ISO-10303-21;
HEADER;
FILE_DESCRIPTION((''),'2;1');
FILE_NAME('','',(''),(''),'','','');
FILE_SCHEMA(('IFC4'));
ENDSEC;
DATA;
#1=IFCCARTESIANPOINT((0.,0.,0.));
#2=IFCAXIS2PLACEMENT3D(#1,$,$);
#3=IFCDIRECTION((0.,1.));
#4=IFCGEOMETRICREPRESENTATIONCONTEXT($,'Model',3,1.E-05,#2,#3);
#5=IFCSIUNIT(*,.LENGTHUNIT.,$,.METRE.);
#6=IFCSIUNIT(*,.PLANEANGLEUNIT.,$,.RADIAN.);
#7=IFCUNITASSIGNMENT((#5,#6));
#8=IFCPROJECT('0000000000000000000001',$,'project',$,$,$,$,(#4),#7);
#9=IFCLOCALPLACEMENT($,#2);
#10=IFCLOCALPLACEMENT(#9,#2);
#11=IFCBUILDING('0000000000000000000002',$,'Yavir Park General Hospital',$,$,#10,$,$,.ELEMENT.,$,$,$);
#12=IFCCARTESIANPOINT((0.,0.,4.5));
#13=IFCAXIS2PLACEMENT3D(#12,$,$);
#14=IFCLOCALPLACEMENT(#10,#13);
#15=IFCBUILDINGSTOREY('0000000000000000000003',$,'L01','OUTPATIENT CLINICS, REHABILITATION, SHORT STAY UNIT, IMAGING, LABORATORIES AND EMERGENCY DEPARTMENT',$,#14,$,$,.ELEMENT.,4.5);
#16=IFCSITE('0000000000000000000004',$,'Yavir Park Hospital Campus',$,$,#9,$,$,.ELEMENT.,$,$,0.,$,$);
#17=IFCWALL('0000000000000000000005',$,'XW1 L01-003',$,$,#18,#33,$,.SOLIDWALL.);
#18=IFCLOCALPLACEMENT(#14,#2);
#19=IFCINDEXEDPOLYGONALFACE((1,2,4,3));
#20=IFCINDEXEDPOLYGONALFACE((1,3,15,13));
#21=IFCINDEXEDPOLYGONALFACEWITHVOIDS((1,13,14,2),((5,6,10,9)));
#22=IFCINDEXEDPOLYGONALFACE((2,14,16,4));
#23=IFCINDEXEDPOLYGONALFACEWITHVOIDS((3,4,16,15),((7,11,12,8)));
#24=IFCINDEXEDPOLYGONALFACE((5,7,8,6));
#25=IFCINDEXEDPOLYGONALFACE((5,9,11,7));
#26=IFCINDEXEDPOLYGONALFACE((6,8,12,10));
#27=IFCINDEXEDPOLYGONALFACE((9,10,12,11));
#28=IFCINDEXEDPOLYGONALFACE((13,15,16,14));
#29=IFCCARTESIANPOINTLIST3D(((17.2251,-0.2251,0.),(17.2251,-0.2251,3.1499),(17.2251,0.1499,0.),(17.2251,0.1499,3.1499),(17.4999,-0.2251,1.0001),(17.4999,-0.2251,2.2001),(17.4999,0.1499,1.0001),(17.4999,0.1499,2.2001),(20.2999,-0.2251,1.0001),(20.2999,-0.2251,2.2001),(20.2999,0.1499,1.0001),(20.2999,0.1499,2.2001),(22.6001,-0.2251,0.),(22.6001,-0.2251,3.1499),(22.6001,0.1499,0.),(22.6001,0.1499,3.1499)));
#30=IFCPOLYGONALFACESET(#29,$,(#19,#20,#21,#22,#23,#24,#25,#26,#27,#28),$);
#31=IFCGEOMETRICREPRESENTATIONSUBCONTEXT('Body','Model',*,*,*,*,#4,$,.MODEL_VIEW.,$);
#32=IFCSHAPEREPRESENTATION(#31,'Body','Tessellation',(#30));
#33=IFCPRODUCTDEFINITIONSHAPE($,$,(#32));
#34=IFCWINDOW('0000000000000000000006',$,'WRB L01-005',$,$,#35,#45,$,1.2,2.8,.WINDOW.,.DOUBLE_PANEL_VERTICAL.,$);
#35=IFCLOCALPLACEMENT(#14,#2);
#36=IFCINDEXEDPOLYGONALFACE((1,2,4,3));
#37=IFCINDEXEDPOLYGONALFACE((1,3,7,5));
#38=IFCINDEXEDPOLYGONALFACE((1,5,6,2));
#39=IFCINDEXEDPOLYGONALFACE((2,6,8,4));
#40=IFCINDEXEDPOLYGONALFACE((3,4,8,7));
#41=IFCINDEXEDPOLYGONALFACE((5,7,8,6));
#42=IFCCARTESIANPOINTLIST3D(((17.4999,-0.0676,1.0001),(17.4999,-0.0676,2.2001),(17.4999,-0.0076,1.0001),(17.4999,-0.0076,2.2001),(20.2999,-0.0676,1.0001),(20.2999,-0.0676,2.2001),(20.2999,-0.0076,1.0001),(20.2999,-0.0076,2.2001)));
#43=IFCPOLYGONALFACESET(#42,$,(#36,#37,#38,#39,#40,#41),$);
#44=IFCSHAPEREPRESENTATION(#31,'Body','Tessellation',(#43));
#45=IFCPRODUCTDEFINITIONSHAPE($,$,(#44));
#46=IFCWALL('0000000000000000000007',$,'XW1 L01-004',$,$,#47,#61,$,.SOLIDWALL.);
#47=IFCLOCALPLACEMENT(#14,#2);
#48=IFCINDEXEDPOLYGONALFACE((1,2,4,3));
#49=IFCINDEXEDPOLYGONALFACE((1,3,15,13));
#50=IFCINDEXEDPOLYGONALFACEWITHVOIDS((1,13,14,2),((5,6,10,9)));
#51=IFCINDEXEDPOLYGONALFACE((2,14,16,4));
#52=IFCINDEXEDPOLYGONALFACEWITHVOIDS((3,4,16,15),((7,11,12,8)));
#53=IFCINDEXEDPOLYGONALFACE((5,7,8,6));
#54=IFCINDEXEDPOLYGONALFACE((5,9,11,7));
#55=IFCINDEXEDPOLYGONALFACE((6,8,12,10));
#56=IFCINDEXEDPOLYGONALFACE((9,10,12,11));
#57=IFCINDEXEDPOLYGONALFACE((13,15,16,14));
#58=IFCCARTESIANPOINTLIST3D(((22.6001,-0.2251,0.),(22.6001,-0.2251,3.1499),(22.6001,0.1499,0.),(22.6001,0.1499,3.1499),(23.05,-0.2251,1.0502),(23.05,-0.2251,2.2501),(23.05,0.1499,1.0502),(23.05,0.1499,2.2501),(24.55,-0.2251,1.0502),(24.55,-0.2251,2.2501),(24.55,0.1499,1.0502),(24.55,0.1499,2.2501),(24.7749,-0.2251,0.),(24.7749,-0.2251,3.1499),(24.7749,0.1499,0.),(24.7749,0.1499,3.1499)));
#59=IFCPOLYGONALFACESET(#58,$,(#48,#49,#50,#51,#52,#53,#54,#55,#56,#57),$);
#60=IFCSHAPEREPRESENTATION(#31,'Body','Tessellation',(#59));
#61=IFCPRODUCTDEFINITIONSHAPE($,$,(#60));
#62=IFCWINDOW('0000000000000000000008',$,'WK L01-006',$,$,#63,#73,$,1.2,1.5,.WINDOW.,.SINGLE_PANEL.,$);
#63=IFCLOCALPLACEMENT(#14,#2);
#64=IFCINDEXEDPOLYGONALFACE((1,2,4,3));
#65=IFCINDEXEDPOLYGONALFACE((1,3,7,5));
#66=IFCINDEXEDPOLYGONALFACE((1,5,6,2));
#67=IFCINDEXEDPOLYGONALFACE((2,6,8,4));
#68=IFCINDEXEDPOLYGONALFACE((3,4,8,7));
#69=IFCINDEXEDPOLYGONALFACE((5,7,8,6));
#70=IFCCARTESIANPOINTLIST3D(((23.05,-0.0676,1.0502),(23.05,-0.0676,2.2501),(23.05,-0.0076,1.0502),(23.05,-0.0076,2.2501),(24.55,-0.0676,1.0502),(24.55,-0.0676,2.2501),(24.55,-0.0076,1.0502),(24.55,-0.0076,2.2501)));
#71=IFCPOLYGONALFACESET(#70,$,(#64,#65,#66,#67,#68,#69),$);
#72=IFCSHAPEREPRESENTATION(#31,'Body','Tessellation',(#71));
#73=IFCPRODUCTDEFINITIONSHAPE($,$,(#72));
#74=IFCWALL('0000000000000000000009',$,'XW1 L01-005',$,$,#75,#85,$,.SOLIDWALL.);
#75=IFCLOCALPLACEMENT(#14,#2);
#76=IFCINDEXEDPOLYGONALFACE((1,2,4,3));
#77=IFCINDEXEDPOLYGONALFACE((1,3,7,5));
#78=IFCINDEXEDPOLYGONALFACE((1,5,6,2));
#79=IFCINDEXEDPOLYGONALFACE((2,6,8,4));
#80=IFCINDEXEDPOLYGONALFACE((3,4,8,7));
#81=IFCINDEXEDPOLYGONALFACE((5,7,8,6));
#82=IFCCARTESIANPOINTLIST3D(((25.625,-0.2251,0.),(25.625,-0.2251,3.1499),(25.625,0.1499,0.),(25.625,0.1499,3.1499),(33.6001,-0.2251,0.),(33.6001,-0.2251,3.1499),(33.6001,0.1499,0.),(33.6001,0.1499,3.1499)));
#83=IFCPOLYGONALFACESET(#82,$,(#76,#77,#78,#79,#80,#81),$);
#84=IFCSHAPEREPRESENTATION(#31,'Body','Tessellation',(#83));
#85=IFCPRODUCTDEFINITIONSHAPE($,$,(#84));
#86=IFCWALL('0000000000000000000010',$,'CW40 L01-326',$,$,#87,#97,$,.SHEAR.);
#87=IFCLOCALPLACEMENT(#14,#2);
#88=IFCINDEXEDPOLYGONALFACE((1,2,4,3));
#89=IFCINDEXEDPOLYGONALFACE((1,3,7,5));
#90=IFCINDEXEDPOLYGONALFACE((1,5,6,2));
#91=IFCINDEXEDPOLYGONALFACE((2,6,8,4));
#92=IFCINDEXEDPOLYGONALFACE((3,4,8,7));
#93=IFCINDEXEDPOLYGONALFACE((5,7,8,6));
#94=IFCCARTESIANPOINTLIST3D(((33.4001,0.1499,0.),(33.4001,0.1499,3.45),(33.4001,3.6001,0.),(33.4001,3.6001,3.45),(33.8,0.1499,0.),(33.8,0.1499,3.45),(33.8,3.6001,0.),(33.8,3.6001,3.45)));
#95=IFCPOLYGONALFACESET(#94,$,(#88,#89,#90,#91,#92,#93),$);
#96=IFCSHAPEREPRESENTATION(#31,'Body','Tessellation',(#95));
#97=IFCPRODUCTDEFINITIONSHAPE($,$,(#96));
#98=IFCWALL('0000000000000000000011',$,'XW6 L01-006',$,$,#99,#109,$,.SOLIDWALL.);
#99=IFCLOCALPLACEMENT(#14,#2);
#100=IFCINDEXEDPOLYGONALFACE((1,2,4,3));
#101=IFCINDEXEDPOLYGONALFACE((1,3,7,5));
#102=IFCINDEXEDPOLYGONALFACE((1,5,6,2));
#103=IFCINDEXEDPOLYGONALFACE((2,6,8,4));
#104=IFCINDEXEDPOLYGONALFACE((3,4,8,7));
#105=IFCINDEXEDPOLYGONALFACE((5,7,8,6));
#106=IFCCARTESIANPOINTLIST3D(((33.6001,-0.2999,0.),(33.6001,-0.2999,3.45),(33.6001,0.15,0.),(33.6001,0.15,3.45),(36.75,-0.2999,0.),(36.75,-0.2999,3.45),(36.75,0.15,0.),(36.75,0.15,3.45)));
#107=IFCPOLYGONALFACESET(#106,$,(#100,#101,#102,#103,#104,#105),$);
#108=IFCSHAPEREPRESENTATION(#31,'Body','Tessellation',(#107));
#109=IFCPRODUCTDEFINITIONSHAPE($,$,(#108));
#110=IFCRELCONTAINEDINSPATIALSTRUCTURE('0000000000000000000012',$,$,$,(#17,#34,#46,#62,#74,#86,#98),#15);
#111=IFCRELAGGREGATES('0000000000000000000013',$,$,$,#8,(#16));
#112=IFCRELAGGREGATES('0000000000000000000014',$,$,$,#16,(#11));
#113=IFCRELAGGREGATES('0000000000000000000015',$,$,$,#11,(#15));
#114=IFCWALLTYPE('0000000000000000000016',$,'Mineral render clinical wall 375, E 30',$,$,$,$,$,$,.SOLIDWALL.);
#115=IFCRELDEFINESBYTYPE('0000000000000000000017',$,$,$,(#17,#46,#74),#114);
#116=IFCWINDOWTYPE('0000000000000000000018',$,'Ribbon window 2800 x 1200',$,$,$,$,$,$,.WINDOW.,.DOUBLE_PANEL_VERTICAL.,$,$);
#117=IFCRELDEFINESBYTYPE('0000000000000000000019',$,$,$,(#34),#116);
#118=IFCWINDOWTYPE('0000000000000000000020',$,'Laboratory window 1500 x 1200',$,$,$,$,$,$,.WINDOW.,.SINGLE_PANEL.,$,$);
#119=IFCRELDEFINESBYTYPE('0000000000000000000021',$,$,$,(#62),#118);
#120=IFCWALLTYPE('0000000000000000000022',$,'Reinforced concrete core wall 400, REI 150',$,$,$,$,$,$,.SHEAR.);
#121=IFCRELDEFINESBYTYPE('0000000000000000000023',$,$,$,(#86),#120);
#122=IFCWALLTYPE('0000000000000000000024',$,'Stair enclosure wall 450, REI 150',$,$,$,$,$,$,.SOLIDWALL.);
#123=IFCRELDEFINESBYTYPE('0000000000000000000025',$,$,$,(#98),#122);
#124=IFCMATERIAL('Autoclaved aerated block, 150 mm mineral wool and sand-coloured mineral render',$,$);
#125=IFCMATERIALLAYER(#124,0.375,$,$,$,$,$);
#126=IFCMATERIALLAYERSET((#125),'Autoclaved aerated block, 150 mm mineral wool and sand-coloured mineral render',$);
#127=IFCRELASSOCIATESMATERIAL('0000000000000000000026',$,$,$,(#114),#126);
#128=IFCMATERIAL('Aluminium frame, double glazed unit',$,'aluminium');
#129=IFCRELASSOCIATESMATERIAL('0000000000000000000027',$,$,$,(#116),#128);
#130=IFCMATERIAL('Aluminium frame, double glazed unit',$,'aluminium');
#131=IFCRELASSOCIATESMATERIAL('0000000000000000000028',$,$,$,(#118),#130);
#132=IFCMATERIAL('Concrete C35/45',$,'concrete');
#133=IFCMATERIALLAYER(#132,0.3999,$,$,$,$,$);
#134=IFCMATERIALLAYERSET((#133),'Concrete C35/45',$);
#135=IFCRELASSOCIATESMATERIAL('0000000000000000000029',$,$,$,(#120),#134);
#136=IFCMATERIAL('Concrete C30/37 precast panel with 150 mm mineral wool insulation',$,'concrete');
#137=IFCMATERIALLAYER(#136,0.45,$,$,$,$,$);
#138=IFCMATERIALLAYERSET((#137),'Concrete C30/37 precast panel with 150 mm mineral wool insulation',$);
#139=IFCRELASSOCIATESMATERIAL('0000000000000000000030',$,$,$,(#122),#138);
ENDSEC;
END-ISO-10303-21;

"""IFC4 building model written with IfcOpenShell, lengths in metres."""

from ifc_helpers import new_model, si_unit, direction, frame, frame_2d, origin, place, context, subcontext, project, spatial, rectangle, extrude, material, layer, layer_set, type_object, element, fill, save


model = new_model("IFC4")

# Units and contexts
model_context = context("Model", 3, precision=1e-05, world=origin(), true_north=direction((0.0, 1.0)))
body_context = subcontext(model_context, "Body", "Model", "MODEL_VIEW")
ifc_project = project(units=[si_unit("LENGTHUNIT", "METRE"), si_unit("PLANEANGLEUNIT", "RADIAN")], contexts=[model_context])

# Site, building, storey
site_placement = place(None, origin())
site = spatial("IfcSite", under=ifc_project, at=site_placement, Name="Yavir Park Hospital Campus", CompositionType="ELEMENT", RefElevation=0.0)
building_placement = place(site_placement, origin())
building = spatial("IfcBuilding", under=site, at=building_placement, Name="Yavir Park General Hospital", CompositionType="ELEMENT")
storey_placement = place(building_placement, frame((0.0, 0.0, 4.5)))
storey = spatial("IfcBuildingStorey", under=building, at=storey_placement, Name="L01", Description="OUTPATIENT CLINICS, REHABILITATION, SHORT STAY UNIT, IMAGING, LABORATORIES AND EMERGENCY DEPARTMENT", CompositionType="ELEMENT", Elevation=4.5)

# Walls, openings, windows
ifc_material_1 = material(Name="Autoclaved aerated block, 150 mm mineral wool and sand-coloured mineral render")
ifc_layer_1 = layer(ifc_material_1, 0.375)
ifc_layer_set_1 = layer_set([ifc_layer_1], Name="Autoclaved aerated block, 150 mm mineral wool and sand-coloured mineral render")
wall_type_1 = type_object("IfcWallType", Name="Mineral render clinical wall 375, E 30", PredefinedType="SOLIDWALL", material=ifc_layer_set_1)
wall_1_placement = place(storey_placement, frame((17.2251, -0.0376, 0.0), z_axis=(0.0, 0.0, 1.0), x_axis=(1.0, 0.0, 0.0)))
wall_1 = element("IfcWall", 1, at=wall_1_placement, inside=storey, type_object=wall_type_1, Name="XW1 L01-003", PredefinedType="SOLIDWALL", context=body_context, shape_type="SweptSolid", body=[
    extrude(rectangle(XDim=5.375, YDim=0.375, at=frame_2d((2.6875, 0.0))), origin(), (0.0, 0.0, 1.0), 3.1499),
])
opening_1_placement = place(wall_1_placement, frame((0.2749, 0.0, 1.0)))
opening_1 = element("IfcOpeningElement", 2, at=opening_1_placement, cuts=wall_1, PredefinedType="OPENING", context=body_context, shape_type="SweptSolid", body=[
    extrude(rectangle(XDim=2.8, YDim=1.2, at=frame_2d((1.3999, 0.6001))), frame((0.0, 0.1975, 0.0), z_axis=(0.0, -1.0, 0.0), x_axis=(1.0, 0.0, 0.0)), (0.0, 0.0, 1.0), 0.395),
])
ifc_material_2 = material(Name="Aluminium frame, double glazed unit", Category="aluminium")
window_type_1 = type_object("IfcWindowType", Name="Ribbon window 2800 x 1200", PartitioningType="DOUBLE_PANEL_VERTICAL", PredefinedType="WINDOW", material=ifc_material_2)
window_1_placement = place(opening_1_placement, origin())
window_1 = element("IfcWindow", 3, at=window_1_placement, inside=storey, type_object=window_type_1, Name="WRB L01-005", OverallHeight=1.2, OverallWidth=2.8, PartitioningType="DOUBLE_PANEL_VERTICAL", PredefinedType="WINDOW", context=body_context, shape_type="SweptSolid", body=[
    extrude(rectangle(XDim=2.8, YDim=1.2, at=frame_2d((1.3999, 0.6001))), frame((0.0, 0.03, 0.0), z_axis=(0.0, -1.0, 0.0), x_axis=(1.0, 0.0, 0.0)), (0.0, 0.0, 1.0), 0.0601),
])
fill(opening_1, window_1)
wall_2_placement = place(storey_placement, frame((22.6001, -0.0376, 0.0), z_axis=(0.0, 0.0, 1.0), x_axis=(1.0, 0.0, 0.0)))
wall_2 = element("IfcWall", 4, at=wall_2_placement, inside=storey, type_object=wall_type_1, Name="XW1 L01-004", PredefinedType="SOLIDWALL", context=body_context, shape_type="SweptSolid", body=[
    extrude(rectangle(XDim=2.1748, YDim=0.375, at=frame_2d((1.0874, 0.0))), origin(), (0.0, 0.0, 1.0), 3.1499),
])
opening_2_placement = place(wall_2_placement, frame((0.45, 0.0, 1.05)))
opening_2 = element("IfcOpeningElement", 5, at=opening_2_placement, cuts=wall_2, PredefinedType="OPENING", context=body_context, shape_type="SweptSolid", body=[
    extrude(rectangle(XDim=1.5, YDim=1.2, at=frame_2d((0.75, 0.6001))), frame((0.0, 0.1975, 0.0), z_axis=(0.0, -1.0, 0.0), x_axis=(1.0, 0.0, 0.0)), (0.0, 0.0, 1.0), 0.395),
])
ifc_material_3 = material(Name="Aluminium frame, double glazed unit", Category="aluminium")
window_type_2 = type_object("IfcWindowType", Name="Laboratory window 1500 x 1200", PartitioningType="SINGLE_PANEL", PredefinedType="WINDOW", material=ifc_material_3)
window_2_placement = place(opening_2_placement, origin())
window_2 = element("IfcWindow", 6, at=window_2_placement, inside=storey, type_object=window_type_2, Name="WK L01-006", OverallHeight=1.2, OverallWidth=1.5, PartitioningType="SINGLE_PANEL", PredefinedType="WINDOW", context=body_context, shape_type="SweptSolid", body=[
    extrude(rectangle(XDim=1.5, YDim=1.2, at=frame_2d((0.75, 0.6001))), frame((0.0, 0.03, 0.0), z_axis=(0.0, -1.0, 0.0), x_axis=(1.0, 0.0, 0.0)), (0.0, 0.0, 1.0), 0.0601),
])
fill(opening_2, window_2)

# Walls
wall_3_placement = place(storey_placement, frame((25.625, -0.0376, 0.0), z_axis=(0.0, 0.0, 1.0), x_axis=(1.0, 0.0, 0.0)))
element("IfcWall", 7, at=wall_3_placement, inside=storey, type_object=wall_type_1, Name="XW1 L01-005", PredefinedType="SOLIDWALL", context=body_context, shape_type="SweptSolid", body=[
    extrude(rectangle(XDim=7.9751, YDim=0.375, at=frame_2d((3.9875, 0.0))), origin(), (0.0, 0.0, 1.0), 3.1499),
])
ifc_material_4 = material(Name="Concrete C35/45", Category="concrete")
ifc_layer_2 = layer(ifc_material_4, 0.3999)
ifc_layer_set_2 = layer_set([ifc_layer_2], Name="Concrete C35/45")
wall_type_2 = type_object("IfcWallType", Name="Reinforced concrete core wall 400, REI 150", PredefinedType="SHEAR", material=ifc_layer_set_2)
wall_4_placement = place(storey_placement, frame((33.6001, 0.1499, 0.0), z_axis=(0.0, 0.0, 1.0), x_axis=(0.0, 1.0, 0.0)))
element("IfcWall", 8, at=wall_4_placement, inside=storey, type_object=wall_type_2, Name="CW40 L01-326", PredefinedType="SHEAR", context=body_context, shape_type="SweptSolid", body=[
    extrude(rectangle(XDim=3.4502, YDim=0.3999, at=frame_2d((1.7251, 0.0))), origin(), (0.0, 0.0, 1.0), 3.45),
])
ifc_material_5 = material(Name="Concrete C30/37 precast panel with 150 mm mineral wool insulation", Category="concrete")
ifc_layer_3 = layer(ifc_material_5, 0.45)
ifc_layer_set_3 = layer_set([ifc_layer_3], Name="Concrete C30/37 precast panel with 150 mm mineral wool insulation")
wall_type_3 = type_object("IfcWallType", Name="Stair enclosure wall 450, REI 150", PredefinedType="SOLIDWALL", material=ifc_layer_set_3)
wall_5_placement = place(storey_placement, frame((33.6001, -0.075, 0.0), z_axis=(0.0, 0.0, 1.0), x_axis=(1.0, 0.0, 0.0)))
element("IfcWall", 9, at=wall_5_placement, inside=storey, type_object=wall_type_3, Name="XW6 L01-006", PredefinedType="SOLIDWALL", context=body_context, shape_type="SweptSolid", body=[
    extrude(rectangle(XDim=3.1499, YDim=0.45, at=frame_2d((1.575, 0.0))), origin(), (0.0, 0.0, 1.0), 3.45),
])

save(model, "model.ifc")
